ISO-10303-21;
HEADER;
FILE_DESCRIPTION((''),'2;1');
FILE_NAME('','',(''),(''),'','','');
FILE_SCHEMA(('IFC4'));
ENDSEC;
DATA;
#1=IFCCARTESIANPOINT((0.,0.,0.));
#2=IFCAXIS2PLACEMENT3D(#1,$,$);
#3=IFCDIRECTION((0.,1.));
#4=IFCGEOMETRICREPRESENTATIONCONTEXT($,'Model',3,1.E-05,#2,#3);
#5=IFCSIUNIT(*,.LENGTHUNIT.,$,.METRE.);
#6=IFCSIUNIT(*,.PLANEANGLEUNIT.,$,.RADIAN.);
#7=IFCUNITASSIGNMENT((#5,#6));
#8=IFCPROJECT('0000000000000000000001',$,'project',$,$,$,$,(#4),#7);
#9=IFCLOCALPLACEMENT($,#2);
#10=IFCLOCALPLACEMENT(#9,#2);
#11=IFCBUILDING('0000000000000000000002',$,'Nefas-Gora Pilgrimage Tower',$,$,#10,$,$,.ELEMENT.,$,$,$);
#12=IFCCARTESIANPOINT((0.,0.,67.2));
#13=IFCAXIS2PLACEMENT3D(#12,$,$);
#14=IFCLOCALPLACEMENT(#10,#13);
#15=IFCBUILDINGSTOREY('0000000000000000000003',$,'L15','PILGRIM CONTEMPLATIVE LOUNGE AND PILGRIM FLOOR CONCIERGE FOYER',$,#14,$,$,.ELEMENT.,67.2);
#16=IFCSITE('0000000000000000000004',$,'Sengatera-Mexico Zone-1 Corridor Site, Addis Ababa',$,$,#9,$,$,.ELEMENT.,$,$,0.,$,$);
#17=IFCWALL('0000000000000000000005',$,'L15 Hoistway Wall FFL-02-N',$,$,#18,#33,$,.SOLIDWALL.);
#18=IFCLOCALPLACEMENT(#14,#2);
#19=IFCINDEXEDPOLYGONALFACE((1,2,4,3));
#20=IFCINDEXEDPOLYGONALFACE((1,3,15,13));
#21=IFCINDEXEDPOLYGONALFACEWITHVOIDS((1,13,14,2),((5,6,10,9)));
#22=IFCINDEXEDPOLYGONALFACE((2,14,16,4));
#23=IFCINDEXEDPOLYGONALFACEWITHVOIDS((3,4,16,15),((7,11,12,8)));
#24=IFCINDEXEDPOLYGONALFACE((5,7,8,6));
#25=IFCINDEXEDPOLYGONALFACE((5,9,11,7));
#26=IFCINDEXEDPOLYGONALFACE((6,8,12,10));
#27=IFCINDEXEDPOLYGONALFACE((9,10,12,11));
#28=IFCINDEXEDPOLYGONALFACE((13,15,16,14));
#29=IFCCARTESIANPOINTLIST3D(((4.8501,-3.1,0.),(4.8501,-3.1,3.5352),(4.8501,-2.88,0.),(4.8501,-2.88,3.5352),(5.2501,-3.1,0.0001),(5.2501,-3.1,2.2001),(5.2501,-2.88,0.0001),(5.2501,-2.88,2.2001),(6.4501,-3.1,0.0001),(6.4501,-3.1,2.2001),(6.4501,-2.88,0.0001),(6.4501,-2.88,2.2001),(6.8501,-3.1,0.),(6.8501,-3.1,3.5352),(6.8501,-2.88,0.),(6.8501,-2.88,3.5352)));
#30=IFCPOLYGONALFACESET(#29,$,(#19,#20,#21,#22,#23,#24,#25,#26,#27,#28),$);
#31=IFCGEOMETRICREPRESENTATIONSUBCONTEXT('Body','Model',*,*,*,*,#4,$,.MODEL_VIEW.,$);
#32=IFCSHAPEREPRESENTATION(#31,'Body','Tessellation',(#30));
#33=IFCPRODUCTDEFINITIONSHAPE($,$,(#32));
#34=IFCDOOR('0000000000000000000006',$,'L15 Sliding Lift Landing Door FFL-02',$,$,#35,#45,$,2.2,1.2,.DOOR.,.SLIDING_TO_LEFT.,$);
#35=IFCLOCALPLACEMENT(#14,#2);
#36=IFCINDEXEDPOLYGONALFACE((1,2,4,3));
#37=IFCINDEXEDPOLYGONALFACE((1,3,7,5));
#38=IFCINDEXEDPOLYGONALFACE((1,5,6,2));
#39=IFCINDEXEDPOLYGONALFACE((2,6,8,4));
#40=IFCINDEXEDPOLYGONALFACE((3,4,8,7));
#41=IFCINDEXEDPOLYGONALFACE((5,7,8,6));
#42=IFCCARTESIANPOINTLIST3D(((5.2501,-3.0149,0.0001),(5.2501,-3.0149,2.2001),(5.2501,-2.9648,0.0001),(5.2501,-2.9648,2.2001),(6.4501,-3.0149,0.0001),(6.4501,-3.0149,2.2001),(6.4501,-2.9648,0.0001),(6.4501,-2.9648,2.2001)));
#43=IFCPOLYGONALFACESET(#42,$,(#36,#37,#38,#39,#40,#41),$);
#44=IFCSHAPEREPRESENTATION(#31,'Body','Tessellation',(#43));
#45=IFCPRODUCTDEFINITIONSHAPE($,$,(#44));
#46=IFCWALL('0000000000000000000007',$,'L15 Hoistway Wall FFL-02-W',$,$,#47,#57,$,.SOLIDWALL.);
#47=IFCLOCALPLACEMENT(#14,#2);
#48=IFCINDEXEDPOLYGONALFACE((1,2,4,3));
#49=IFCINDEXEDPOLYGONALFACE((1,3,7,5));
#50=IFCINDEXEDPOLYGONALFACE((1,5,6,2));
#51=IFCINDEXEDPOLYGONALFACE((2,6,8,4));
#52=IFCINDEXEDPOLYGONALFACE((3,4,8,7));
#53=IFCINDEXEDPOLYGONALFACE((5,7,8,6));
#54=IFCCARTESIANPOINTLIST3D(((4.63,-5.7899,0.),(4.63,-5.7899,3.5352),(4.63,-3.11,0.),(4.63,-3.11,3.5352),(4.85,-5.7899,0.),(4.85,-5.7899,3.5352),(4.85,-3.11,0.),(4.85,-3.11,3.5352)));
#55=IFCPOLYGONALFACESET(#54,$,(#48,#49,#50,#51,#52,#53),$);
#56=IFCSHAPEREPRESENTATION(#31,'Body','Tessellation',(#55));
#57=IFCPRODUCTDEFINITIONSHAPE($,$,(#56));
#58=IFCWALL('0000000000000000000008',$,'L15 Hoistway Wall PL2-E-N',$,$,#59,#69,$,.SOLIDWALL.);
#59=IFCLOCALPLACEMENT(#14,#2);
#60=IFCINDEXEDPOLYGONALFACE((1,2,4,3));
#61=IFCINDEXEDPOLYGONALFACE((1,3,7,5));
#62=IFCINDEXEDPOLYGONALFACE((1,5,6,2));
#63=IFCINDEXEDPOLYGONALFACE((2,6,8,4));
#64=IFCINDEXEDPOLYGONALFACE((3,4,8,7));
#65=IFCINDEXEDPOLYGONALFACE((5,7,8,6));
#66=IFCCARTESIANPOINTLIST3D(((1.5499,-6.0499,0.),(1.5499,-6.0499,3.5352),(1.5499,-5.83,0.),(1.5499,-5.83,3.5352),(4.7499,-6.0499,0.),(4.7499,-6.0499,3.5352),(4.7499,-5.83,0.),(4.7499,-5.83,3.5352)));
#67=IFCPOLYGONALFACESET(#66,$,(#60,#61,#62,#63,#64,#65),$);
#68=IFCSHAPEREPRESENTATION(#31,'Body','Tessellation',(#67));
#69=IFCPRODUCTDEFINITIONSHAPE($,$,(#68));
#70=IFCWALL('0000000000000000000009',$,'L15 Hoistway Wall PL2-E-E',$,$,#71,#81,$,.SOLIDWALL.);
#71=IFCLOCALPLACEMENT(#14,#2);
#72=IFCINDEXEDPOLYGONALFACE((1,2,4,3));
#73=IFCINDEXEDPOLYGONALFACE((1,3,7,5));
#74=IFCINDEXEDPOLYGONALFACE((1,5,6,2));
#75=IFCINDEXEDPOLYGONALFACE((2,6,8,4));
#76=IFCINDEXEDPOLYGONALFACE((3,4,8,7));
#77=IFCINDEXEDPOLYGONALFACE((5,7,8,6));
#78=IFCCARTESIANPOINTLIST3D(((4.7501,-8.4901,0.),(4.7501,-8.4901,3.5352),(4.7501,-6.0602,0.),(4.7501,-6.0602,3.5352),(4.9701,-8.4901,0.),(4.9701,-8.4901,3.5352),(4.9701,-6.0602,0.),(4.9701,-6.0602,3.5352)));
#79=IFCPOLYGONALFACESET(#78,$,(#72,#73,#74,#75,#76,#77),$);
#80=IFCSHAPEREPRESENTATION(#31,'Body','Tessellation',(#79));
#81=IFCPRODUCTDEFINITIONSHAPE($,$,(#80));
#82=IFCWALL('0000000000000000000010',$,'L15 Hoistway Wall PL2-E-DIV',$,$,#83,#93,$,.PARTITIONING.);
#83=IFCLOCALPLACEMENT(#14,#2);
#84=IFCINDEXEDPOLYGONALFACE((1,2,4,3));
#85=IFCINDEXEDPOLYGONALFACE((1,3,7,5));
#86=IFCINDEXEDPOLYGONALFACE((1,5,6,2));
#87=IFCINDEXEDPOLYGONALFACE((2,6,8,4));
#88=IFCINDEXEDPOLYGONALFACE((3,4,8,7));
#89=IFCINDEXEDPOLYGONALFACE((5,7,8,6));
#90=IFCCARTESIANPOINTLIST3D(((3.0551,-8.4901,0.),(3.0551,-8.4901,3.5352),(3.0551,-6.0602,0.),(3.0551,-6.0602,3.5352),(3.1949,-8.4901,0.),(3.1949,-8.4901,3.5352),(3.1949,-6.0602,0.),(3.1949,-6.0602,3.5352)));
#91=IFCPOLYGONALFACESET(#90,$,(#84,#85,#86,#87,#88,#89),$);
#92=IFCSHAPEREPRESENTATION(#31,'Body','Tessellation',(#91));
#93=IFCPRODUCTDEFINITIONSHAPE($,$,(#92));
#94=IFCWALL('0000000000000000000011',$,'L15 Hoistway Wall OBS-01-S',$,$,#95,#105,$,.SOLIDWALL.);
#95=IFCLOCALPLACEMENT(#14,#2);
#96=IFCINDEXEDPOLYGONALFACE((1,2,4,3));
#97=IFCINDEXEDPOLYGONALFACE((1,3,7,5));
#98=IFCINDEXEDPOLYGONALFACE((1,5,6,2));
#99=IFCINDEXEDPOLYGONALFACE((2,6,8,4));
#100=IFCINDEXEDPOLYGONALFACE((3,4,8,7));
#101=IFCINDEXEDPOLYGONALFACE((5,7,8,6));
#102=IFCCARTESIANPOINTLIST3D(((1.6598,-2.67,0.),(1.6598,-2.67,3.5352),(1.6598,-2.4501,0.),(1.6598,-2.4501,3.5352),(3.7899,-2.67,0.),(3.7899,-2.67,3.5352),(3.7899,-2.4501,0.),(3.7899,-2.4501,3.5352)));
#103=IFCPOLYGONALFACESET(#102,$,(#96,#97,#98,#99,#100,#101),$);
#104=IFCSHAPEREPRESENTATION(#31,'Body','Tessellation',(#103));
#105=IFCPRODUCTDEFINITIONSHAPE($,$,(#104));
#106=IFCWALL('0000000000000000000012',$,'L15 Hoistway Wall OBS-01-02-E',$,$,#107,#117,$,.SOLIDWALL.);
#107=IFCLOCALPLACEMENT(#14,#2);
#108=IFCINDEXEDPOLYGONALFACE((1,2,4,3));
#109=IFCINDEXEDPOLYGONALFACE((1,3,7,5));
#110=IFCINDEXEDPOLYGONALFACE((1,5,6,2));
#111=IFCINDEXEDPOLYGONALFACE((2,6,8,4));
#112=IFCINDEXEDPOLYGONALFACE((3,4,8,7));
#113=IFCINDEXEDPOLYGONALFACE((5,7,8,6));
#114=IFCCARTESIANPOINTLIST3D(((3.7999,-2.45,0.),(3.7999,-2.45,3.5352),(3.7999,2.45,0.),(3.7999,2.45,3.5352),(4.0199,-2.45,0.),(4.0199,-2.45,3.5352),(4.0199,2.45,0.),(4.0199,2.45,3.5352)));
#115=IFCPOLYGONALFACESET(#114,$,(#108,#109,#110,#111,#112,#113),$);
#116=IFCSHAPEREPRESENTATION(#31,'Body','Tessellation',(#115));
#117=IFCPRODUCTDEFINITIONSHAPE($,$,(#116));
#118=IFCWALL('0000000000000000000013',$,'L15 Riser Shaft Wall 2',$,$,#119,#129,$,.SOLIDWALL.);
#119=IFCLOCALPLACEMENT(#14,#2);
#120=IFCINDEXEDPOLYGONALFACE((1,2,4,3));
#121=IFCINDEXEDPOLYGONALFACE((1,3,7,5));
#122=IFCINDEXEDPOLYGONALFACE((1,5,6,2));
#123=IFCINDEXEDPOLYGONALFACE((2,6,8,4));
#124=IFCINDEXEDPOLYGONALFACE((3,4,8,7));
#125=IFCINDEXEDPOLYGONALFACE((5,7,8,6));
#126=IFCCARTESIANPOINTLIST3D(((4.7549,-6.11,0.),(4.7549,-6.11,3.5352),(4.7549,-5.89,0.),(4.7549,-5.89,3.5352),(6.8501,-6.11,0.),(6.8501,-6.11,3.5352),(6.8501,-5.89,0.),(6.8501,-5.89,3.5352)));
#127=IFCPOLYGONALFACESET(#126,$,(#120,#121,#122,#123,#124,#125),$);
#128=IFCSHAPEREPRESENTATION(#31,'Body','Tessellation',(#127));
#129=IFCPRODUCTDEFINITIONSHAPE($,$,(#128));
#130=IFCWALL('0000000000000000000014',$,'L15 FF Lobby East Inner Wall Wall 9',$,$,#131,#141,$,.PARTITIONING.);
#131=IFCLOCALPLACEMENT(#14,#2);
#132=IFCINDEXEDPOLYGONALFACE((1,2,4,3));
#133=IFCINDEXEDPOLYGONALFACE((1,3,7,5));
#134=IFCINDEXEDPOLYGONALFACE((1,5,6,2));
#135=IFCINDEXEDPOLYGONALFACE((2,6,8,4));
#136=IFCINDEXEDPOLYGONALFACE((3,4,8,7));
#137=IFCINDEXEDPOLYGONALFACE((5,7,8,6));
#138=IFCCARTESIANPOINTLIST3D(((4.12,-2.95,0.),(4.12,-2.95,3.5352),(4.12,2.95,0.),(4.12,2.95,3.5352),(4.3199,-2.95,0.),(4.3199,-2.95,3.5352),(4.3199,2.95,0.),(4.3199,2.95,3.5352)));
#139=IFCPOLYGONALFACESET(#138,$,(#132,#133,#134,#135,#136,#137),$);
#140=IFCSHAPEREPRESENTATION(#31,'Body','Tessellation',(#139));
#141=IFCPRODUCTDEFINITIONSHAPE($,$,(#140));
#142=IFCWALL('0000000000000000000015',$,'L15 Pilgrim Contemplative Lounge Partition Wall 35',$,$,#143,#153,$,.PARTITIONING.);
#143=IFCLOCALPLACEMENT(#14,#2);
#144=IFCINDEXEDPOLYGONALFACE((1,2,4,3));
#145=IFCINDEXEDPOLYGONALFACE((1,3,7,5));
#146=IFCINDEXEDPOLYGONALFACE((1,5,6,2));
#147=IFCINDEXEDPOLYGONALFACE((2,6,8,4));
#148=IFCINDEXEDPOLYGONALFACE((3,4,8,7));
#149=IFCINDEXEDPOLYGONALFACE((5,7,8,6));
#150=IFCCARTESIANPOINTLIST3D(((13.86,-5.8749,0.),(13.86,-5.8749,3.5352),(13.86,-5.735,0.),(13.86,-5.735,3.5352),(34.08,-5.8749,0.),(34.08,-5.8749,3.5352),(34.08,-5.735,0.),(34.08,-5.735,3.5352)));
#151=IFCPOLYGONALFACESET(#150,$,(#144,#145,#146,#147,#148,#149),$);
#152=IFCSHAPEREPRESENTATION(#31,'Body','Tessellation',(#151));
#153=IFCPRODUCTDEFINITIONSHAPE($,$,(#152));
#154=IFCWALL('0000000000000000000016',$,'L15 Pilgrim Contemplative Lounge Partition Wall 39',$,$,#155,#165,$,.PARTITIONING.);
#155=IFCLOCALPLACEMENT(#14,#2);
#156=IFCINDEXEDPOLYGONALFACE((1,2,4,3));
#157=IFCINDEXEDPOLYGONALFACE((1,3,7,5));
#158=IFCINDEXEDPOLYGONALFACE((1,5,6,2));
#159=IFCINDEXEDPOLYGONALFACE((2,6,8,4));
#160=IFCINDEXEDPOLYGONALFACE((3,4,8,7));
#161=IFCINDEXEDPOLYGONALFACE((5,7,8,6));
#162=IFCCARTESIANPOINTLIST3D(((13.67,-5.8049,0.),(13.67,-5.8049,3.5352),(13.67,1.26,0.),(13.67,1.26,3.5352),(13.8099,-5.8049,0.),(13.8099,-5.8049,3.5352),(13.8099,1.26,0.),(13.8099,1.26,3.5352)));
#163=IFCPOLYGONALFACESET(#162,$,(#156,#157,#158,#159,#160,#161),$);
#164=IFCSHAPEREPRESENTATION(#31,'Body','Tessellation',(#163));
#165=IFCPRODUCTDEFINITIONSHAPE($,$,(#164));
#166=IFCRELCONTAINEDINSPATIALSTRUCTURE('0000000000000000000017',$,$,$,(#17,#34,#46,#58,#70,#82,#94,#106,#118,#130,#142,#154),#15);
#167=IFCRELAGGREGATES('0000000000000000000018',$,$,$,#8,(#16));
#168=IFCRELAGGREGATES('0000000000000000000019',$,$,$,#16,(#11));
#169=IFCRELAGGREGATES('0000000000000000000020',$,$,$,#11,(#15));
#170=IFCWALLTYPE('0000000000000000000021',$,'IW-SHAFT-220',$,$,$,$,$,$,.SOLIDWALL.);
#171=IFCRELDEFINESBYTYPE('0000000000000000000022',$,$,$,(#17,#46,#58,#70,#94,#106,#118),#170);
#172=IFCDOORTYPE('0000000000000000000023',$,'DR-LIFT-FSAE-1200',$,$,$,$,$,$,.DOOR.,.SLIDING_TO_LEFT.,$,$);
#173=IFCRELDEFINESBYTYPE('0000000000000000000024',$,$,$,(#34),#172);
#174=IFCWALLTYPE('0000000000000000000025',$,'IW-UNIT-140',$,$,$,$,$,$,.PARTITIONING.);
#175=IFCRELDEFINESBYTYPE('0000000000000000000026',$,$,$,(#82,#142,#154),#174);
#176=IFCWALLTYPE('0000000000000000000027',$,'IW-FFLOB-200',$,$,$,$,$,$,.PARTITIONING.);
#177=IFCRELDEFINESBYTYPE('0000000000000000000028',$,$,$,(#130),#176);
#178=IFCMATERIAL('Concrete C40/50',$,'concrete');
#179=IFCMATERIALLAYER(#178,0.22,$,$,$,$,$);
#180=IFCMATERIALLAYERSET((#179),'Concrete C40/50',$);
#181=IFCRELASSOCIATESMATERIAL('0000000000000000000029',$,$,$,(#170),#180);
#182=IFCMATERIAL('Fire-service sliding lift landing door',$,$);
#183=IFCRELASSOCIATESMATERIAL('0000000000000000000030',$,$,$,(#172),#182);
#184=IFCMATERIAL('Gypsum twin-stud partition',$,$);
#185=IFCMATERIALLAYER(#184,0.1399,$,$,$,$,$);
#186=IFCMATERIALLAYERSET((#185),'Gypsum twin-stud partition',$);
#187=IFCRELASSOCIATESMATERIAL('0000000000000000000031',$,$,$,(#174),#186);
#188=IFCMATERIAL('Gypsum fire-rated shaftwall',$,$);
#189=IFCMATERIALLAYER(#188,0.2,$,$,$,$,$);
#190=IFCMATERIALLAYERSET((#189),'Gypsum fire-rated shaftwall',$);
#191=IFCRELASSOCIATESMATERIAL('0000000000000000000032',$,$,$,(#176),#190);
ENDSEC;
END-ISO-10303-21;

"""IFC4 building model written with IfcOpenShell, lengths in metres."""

from ifc_helpers import new_model, si_unit, direction, frame, frame_2d, origin, place, context, subcontext, project, spatial, rectangle, extrude, source, transform, mapped, material, layer, layer_set, type_object, element, fill, save


model = new_model("IFC4")

# Units and contexts
model_context = context("Model", 3, precision=1e-05, world=origin(), true_north=direction((0.0, 1.0)))
body_context = subcontext(model_context, "Body", "Model", "MODEL_VIEW")
ifc_project = project(units=[si_unit("LENGTHUNIT", "METRE"), si_unit("PLANEANGLEUNIT", "RADIAN")], contexts=[model_context])

# Site, building, storey
site_placement = place(None, origin())
site = spatial("IfcSite", under=ifc_project, at=site_placement, Name="Sengatera-Mexico Zone-1 Corridor Site, Addis Ababa", CompositionType="ELEMENT", RefElevation=0.0)
building_placement = place(site_placement, origin())
building = spatial("IfcBuilding", under=site, at=building_placement, Name="Nefas-Gora Pilgrimage Tower", CompositionType="ELEMENT")
storey_placement = place(building_placement, frame((0.0, 0.0, 67.2)))
storey = spatial("IfcBuildingStorey", under=building, at=storey_placement, Name="L15", Description="PILGRIM CONTEMPLATIVE LOUNGE AND PILGRIM FLOOR CONCIERGE FOYER", CompositionType="ELEMENT", Elevation=67.2)

# Wall, opening, door
ifc_material_1 = material(Name="Concrete C40/50", Category="concrete")
ifc_layer_1 = layer(ifc_material_1, 0.22)
ifc_layer_set_1 = layer_set([ifc_layer_1], Name="Concrete C40/50")
wall_type_1 = type_object("IfcWallType", Name="IW-SHAFT-220", PredefinedType="SOLIDWALL", material=ifc_layer_set_1)
shared_shape_1 = source(origin(), body_context, "Body", "SweptSolid", [
    extrude(rectangle(XDim=2.0, YDim=0.22, at=frame_2d((1.0, 0.0))), origin(), (0.0, 0.0, 1.0), 3.5352),
])
wall_1_placement = place(storey_placement, frame((6.8501, -2.99, 0.0), z_axis=(0.0, 0.0, 1.0), x_axis=(-1.0, 0.0, 0.0)))
wall_1 = element("IfcWall", 1, at=wall_1_placement, inside=storey, type_object=wall_type_1, Name="L15 Hoistway Wall FFL-02-N", PredefinedType="SOLIDWALL", context=body_context, shape_type="MappedRepresentation", body=[
    mapped(shared_shape_1, transform((0.0, 0.0, 0.0), x_axis=(1.0, 0.0, 0.0), y_axis=(0.0, 1.0, 0.0), z_axis=(0.0, 0.0, 1.0), scale=1.0)),
])
opening_1_placement = place(wall_1_placement, frame((0.3999, 0.0, 0.0)))
opening_1 = element("IfcOpeningElement", 2, at=opening_1_placement, cuts=wall_1, PredefinedType="OPENING", context=body_context, shape_type="SweptSolid", body=[
    extrude(rectangle(XDim=1.2, YDim=2.2, at=frame_2d((0.6001, 1.1001))), frame((0.0, 0.1199, 0.0), z_axis=(0.0, -1.0, 0.0), x_axis=(1.0, 0.0, 0.0)), (0.0, 0.0, 1.0), 0.24),
])
ifc_material_2 = material(Name="Fire-service sliding lift landing door")
door_type_1 = type_object("IfcDoorType", Name="DR-LIFT-FSAE-1200", OperationType="SLIDING_TO_LEFT", PredefinedType="DOOR", material=ifc_material_2)
shared_shape_2 = source(origin(), body_context, "Body", "SweptSolid", [
    extrude(rectangle(XDim=1.2, YDim=2.2, at=frame_2d((0.6001, 1.1001))), frame((0.0, 0.0249, 0.0), z_axis=(0.0, -1.0, 0.0), x_axis=(1.0, 0.0, 0.0)), (0.0, 0.0, 1.0), 0.05),
])
door_1_placement = place(opening_1_placement, origin())
door_1 = element("IfcDoor", 3, at=door_1_placement, inside=storey, type_object=door_type_1, Name="L15 Sliding Lift Landing Door FFL-02", OperationType="SLIDING_TO_LEFT", OverallHeight=2.2, OverallWidth=1.2, PredefinedType="DOOR", context=body_context, shape_type="MappedRepresentation", body=[
    mapped(shared_shape_2, transform((0.0, 0.0, 0.0), x_axis=(1.0, 0.0, 0.0), y_axis=(0.0, 1.0, 0.0), z_axis=(0.0, 0.0, 1.0), scale=1.0)),
])
fill(opening_1, door_1)

# Walls
shared_shape_3 = source(origin(), body_context, "Body", "SweptSolid", [
    extrude(rectangle(XDim=2.6799, YDim=0.22, at=frame_2d((1.3398, 0.0))), origin(), (0.0, 0.0, 1.0), 3.5352),
])
wall_2_placement = place(storey_placement, frame((4.74, -3.1101, 0.0), z_axis=(0.0, 0.0, 1.0), x_axis=(0.0, -1.0, 0.0)))
element("IfcWall", 4, at=wall_2_placement, inside=storey, type_object=wall_type_1, Name="L15 Hoistway Wall FFL-02-W", PredefinedType="SOLIDWALL", context=body_context, shape_type="MappedRepresentation", body=[
    mapped(shared_shape_3, transform((0.0, 0.0, 0.0), x_axis=(1.0, 0.0, 0.0), y_axis=(0.0, 1.0, 0.0), z_axis=(0.0, 0.0, 1.0), scale=1.0)),
])
shared_shape_4 = source(origin(), body_context, "Body", "SweptSolid", [
    extrude(rectangle(XDim=3.2, YDim=0.22, at=frame_2d((1.6001, 0.0))), origin(), (0.0, 0.0, 1.0), 3.5352),
])
wall_3_placement = place(storey_placement, frame((4.75, -5.9399, 0.0), z_axis=(0.0, 0.0, 1.0), x_axis=(-1.0, 0.0, 0.0)))
element("IfcWall", 5, at=wall_3_placement, inside=storey, type_object=wall_type_1, Name="L15 Hoistway Wall PL2-E-N", PredefinedType="SOLIDWALL", context=body_context, shape_type="MappedRepresentation", body=[
    mapped(shared_shape_4, transform((0.0, 0.0, 0.0), x_axis=(1.0, 0.0, 0.0), y_axis=(0.0, 1.0, 0.0), z_axis=(0.0, 0.0, 1.0), scale=1.0)),
])
shared_shape_5 = source(origin(), body_context, "Body", "SweptSolid", [
    extrude(rectangle(XDim=2.4299, YDim=0.22, at=frame_2d((1.2148, 0.0))), origin(), (0.0, 0.0, 1.0), 3.5352),
])
for number, where, z_axis, x_axis, name in (
    (6, (4.8601, -8.49, 0.0), (0.0, 0.0, 1.0), (0.0, 1.0, 0.0), "L15 Hoistway Wall PL2-E-E"),
):
    element("IfcWall", number, at=place(storey_placement, frame(where, z_axis=z_axis, x_axis=x_axis)), inside=storey, type_object=wall_type_1, Name=name, PredefinedType="SOLIDWALL", context=body_context, shape_type="MappedRepresentation", body=[
        mapped(shared_shape_5, transform((0.0, 0.0, 0.0), x_axis=(1.0, 0.0, 0.0), y_axis=(0.0, 1.0, 0.0), z_axis=(0.0, 0.0, 1.0), scale=1.0)),
    ])
ifc_material_3 = material(Name="Gypsum twin-stud partition")
ifc_layer_2 = layer(ifc_material_3, 0.1399)
ifc_layer_set_2 = layer_set([ifc_layer_2], Name="Gypsum twin-stud partition")
wall_type_2 = type_object("IfcWallType", Name="IW-UNIT-140", PredefinedType="PARTITIONING", material=ifc_layer_set_2)
shared_shape_6 = source(origin(), body_context, "Body", "SweptSolid", [
    extrude(rectangle(XDim=2.4299, YDim=0.1399, at=frame_2d((1.2148, 0.0))), origin(), (0.0, 0.0, 1.0), 3.5352),
])
wall_4_placement = place(storey_placement, frame((3.125, -8.49, 0.0), z_axis=(0.0, 0.0, 1.0), x_axis=(0.0, 1.0, 0.0)))
element("IfcWall", 7, at=wall_4_placement, inside=storey, type_object=wall_type_2, Name="L15 Hoistway Wall PL2-E-DIV", PredefinedType="PARTITIONING", context=body_context, shape_type="MappedRepresentation", body=[
    mapped(shared_shape_6, transform((0.0, 0.0, 0.0), x_axis=(1.0, 0.0, 0.0), y_axis=(0.0, 1.0, 0.0), z_axis=(0.0, 0.0, 1.0), scale=1.0)),
])
shared_shape_7 = source(origin(), body_context, "Body", "SweptSolid", [
    extrude(rectangle(XDim=2.1301, YDim=0.22, at=frame_2d((1.0649, 0.0))), origin(), (0.0, 0.0, 1.0), 3.5352),
])
wall_5_placement = place(storey_placement, frame((1.6599, -2.5601, 0.0), z_axis=(0.0, 0.0, 1.0), x_axis=(1.0, 0.0, 0.0)))
element("IfcWall", 8, at=wall_5_placement, inside=storey, type_object=wall_type_1, Name="L15 Hoistway Wall OBS-01-S", PredefinedType="SOLIDWALL", context=body_context, shape_type="MappedRepresentation", body=[
    mapped(shared_shape_7, transform((0.0, 0.0, 0.0), x_axis=(1.0, 0.0, 0.0), y_axis=(0.0, 1.0, 0.0), z_axis=(0.0, 0.0, 1.0), scale=1.0)),
])
shared_shape_8 = source(origin(), body_context, "Body", "SweptSolid", [
    extrude(rectangle(XDim=4.8999, YDim=0.22, at=frame_2d((2.45, 0.0))), origin(), (0.0, 0.0, 1.0), 3.5352),
])
wall_6_placement = place(storey_placement, frame((3.9099, -2.45, 0.0), z_axis=(0.0, 0.0, 1.0), x_axis=(0.0, 1.0, 0.0)))
element("IfcWall", 9, at=wall_6_placement, inside=storey, type_object=wall_type_1, Name="L15 Hoistway Wall OBS-01-02-E", PredefinedType="SOLIDWALL", context=body_context, shape_type="MappedRepresentation", body=[
    mapped(shared_shape_8, transform((0.0, 0.0, 0.0), x_axis=(1.0, 0.0, 0.0), y_axis=(0.0, 1.0, 0.0), z_axis=(0.0, 0.0, 1.0), scale=1.0)),
])
shared_shape_9 = source(origin(), body_context, "Body", "SweptSolid", [
    extrude(rectangle(XDim=2.0952, YDim=0.22, at=frame_2d((1.0476, 0.0))), origin(), (0.0, 0.0, 1.0), 3.5352),
])
wall_7_placement = place(storey_placement, frame((4.7549, -6.0, 0.0), z_axis=(0.0, 0.0, 1.0), x_axis=(1.0, 0.0, 0.0)))
element("IfcWall", 10, at=wall_7_placement, inside=storey, type_object=wall_type_1, Name="L15 Riser Shaft Wall 2", PredefinedType="SOLIDWALL", context=body_context, shape_type="MappedRepresentation", body=[
    mapped(shared_shape_9, transform((0.0, 0.0, 0.0), x_axis=(1.0, 0.0, 0.0), y_axis=(0.0, 1.0, 0.0), z_axis=(0.0, 0.0, 1.0), scale=1.0)),
])
ifc_material_4 = material(Name="Gypsum fire-rated shaftwall")
ifc_layer_3 = layer(ifc_material_4, 0.2)
ifc_layer_set_3 = layer_set([ifc_layer_3], Name="Gypsum fire-rated shaftwall")
wall_type_3 = type_object("IfcWallType", Name="IW-FFLOB-200", PredefinedType="PARTITIONING", material=ifc_layer_set_3)
shared_shape_10 = source(origin(), body_context, "Body", "SweptSolid", [
    extrude(rectangle(XDim=5.8999, YDim=0.2, at=frame_2d((2.95, 0.0))), origin(), (0.0, 0.0, 1.0), 3.5352),
])
wall_8_placement = place(storey_placement, frame((4.22, -2.95, 0.0), z_axis=(0.0, 0.0, 1.0), x_axis=(0.0, 1.0, 0.0)))
element("IfcWall", 11, at=wall_8_placement, inside=storey, type_object=wall_type_3, Name="L15 FF Lobby East Inner Wall Wall 9", PredefinedType="PARTITIONING", context=body_context, shape_type="MappedRepresentation", body=[
    mapped(shared_shape_10, transform((0.0, 0.0, 0.0), x_axis=(1.0, 0.0, 0.0), y_axis=(0.0, 1.0, 0.0), z_axis=(0.0, 0.0, 1.0), scale=1.0)),
])
shared_shape_11 = source(origin(), body_context, "Body", "SweptSolid", [
    extrude(rectangle(XDim=20.22, YDim=0.1399, at=frame_2d((10.1099, 0.0))), origin(), (0.0, 0.0, 1.0), 3.5352),
])
wall_9_placement = place(storey_placement, frame((13.8601, -5.8049, 0.0), z_axis=(0.0, 0.0, 1.0), x_axis=(1.0, 0.0, 0.0)))
element("IfcWall", 12, at=wall_9_placement, inside=storey, type_object=wall_type_2, Name="L15 Pilgrim Contemplative Lounge Partition Wall 35", PredefinedType="PARTITIONING", context=body_context, shape_type="MappedRepresentation", body=[
    mapped(shared_shape_11, transform((0.0, 0.0, 0.0), x_axis=(1.0, 0.0, 0.0), y_axis=(0.0, 1.0, 0.0), z_axis=(0.0, 0.0, 1.0), scale=1.0)),
])
shared_shape_12 = source(origin(), body_context, "Body", "SweptSolid", [
    extrude(rectangle(XDim=7.0649, YDim=0.1399, at=frame_2d((3.5325, 0.0))), origin(), (0.0, 0.0, 1.0), 3.5352),
])
wall_10_placement = place(storey_placement, frame((13.74, -5.8049, 0.0), z_axis=(0.0, 0.0, 1.0), x_axis=(0.0, 1.0, 0.0)))
element("IfcWall", 13, at=wall_10_placement, inside=storey, type_object=wall_type_2, Name="L15 Pilgrim Contemplative Lounge Partition Wall 39", PredefinedType="PARTITIONING", context=body_context, shape_type="MappedRepresentation", body=[
    mapped(shared_shape_12, transform((0.0, 0.0, 0.0), x_axis=(1.0, 0.0, 0.0), y_axis=(0.0, 1.0, 0.0), z_axis=(0.0, 0.0, 1.0), scale=1.0)),
])

save(model, "model.ifc")
